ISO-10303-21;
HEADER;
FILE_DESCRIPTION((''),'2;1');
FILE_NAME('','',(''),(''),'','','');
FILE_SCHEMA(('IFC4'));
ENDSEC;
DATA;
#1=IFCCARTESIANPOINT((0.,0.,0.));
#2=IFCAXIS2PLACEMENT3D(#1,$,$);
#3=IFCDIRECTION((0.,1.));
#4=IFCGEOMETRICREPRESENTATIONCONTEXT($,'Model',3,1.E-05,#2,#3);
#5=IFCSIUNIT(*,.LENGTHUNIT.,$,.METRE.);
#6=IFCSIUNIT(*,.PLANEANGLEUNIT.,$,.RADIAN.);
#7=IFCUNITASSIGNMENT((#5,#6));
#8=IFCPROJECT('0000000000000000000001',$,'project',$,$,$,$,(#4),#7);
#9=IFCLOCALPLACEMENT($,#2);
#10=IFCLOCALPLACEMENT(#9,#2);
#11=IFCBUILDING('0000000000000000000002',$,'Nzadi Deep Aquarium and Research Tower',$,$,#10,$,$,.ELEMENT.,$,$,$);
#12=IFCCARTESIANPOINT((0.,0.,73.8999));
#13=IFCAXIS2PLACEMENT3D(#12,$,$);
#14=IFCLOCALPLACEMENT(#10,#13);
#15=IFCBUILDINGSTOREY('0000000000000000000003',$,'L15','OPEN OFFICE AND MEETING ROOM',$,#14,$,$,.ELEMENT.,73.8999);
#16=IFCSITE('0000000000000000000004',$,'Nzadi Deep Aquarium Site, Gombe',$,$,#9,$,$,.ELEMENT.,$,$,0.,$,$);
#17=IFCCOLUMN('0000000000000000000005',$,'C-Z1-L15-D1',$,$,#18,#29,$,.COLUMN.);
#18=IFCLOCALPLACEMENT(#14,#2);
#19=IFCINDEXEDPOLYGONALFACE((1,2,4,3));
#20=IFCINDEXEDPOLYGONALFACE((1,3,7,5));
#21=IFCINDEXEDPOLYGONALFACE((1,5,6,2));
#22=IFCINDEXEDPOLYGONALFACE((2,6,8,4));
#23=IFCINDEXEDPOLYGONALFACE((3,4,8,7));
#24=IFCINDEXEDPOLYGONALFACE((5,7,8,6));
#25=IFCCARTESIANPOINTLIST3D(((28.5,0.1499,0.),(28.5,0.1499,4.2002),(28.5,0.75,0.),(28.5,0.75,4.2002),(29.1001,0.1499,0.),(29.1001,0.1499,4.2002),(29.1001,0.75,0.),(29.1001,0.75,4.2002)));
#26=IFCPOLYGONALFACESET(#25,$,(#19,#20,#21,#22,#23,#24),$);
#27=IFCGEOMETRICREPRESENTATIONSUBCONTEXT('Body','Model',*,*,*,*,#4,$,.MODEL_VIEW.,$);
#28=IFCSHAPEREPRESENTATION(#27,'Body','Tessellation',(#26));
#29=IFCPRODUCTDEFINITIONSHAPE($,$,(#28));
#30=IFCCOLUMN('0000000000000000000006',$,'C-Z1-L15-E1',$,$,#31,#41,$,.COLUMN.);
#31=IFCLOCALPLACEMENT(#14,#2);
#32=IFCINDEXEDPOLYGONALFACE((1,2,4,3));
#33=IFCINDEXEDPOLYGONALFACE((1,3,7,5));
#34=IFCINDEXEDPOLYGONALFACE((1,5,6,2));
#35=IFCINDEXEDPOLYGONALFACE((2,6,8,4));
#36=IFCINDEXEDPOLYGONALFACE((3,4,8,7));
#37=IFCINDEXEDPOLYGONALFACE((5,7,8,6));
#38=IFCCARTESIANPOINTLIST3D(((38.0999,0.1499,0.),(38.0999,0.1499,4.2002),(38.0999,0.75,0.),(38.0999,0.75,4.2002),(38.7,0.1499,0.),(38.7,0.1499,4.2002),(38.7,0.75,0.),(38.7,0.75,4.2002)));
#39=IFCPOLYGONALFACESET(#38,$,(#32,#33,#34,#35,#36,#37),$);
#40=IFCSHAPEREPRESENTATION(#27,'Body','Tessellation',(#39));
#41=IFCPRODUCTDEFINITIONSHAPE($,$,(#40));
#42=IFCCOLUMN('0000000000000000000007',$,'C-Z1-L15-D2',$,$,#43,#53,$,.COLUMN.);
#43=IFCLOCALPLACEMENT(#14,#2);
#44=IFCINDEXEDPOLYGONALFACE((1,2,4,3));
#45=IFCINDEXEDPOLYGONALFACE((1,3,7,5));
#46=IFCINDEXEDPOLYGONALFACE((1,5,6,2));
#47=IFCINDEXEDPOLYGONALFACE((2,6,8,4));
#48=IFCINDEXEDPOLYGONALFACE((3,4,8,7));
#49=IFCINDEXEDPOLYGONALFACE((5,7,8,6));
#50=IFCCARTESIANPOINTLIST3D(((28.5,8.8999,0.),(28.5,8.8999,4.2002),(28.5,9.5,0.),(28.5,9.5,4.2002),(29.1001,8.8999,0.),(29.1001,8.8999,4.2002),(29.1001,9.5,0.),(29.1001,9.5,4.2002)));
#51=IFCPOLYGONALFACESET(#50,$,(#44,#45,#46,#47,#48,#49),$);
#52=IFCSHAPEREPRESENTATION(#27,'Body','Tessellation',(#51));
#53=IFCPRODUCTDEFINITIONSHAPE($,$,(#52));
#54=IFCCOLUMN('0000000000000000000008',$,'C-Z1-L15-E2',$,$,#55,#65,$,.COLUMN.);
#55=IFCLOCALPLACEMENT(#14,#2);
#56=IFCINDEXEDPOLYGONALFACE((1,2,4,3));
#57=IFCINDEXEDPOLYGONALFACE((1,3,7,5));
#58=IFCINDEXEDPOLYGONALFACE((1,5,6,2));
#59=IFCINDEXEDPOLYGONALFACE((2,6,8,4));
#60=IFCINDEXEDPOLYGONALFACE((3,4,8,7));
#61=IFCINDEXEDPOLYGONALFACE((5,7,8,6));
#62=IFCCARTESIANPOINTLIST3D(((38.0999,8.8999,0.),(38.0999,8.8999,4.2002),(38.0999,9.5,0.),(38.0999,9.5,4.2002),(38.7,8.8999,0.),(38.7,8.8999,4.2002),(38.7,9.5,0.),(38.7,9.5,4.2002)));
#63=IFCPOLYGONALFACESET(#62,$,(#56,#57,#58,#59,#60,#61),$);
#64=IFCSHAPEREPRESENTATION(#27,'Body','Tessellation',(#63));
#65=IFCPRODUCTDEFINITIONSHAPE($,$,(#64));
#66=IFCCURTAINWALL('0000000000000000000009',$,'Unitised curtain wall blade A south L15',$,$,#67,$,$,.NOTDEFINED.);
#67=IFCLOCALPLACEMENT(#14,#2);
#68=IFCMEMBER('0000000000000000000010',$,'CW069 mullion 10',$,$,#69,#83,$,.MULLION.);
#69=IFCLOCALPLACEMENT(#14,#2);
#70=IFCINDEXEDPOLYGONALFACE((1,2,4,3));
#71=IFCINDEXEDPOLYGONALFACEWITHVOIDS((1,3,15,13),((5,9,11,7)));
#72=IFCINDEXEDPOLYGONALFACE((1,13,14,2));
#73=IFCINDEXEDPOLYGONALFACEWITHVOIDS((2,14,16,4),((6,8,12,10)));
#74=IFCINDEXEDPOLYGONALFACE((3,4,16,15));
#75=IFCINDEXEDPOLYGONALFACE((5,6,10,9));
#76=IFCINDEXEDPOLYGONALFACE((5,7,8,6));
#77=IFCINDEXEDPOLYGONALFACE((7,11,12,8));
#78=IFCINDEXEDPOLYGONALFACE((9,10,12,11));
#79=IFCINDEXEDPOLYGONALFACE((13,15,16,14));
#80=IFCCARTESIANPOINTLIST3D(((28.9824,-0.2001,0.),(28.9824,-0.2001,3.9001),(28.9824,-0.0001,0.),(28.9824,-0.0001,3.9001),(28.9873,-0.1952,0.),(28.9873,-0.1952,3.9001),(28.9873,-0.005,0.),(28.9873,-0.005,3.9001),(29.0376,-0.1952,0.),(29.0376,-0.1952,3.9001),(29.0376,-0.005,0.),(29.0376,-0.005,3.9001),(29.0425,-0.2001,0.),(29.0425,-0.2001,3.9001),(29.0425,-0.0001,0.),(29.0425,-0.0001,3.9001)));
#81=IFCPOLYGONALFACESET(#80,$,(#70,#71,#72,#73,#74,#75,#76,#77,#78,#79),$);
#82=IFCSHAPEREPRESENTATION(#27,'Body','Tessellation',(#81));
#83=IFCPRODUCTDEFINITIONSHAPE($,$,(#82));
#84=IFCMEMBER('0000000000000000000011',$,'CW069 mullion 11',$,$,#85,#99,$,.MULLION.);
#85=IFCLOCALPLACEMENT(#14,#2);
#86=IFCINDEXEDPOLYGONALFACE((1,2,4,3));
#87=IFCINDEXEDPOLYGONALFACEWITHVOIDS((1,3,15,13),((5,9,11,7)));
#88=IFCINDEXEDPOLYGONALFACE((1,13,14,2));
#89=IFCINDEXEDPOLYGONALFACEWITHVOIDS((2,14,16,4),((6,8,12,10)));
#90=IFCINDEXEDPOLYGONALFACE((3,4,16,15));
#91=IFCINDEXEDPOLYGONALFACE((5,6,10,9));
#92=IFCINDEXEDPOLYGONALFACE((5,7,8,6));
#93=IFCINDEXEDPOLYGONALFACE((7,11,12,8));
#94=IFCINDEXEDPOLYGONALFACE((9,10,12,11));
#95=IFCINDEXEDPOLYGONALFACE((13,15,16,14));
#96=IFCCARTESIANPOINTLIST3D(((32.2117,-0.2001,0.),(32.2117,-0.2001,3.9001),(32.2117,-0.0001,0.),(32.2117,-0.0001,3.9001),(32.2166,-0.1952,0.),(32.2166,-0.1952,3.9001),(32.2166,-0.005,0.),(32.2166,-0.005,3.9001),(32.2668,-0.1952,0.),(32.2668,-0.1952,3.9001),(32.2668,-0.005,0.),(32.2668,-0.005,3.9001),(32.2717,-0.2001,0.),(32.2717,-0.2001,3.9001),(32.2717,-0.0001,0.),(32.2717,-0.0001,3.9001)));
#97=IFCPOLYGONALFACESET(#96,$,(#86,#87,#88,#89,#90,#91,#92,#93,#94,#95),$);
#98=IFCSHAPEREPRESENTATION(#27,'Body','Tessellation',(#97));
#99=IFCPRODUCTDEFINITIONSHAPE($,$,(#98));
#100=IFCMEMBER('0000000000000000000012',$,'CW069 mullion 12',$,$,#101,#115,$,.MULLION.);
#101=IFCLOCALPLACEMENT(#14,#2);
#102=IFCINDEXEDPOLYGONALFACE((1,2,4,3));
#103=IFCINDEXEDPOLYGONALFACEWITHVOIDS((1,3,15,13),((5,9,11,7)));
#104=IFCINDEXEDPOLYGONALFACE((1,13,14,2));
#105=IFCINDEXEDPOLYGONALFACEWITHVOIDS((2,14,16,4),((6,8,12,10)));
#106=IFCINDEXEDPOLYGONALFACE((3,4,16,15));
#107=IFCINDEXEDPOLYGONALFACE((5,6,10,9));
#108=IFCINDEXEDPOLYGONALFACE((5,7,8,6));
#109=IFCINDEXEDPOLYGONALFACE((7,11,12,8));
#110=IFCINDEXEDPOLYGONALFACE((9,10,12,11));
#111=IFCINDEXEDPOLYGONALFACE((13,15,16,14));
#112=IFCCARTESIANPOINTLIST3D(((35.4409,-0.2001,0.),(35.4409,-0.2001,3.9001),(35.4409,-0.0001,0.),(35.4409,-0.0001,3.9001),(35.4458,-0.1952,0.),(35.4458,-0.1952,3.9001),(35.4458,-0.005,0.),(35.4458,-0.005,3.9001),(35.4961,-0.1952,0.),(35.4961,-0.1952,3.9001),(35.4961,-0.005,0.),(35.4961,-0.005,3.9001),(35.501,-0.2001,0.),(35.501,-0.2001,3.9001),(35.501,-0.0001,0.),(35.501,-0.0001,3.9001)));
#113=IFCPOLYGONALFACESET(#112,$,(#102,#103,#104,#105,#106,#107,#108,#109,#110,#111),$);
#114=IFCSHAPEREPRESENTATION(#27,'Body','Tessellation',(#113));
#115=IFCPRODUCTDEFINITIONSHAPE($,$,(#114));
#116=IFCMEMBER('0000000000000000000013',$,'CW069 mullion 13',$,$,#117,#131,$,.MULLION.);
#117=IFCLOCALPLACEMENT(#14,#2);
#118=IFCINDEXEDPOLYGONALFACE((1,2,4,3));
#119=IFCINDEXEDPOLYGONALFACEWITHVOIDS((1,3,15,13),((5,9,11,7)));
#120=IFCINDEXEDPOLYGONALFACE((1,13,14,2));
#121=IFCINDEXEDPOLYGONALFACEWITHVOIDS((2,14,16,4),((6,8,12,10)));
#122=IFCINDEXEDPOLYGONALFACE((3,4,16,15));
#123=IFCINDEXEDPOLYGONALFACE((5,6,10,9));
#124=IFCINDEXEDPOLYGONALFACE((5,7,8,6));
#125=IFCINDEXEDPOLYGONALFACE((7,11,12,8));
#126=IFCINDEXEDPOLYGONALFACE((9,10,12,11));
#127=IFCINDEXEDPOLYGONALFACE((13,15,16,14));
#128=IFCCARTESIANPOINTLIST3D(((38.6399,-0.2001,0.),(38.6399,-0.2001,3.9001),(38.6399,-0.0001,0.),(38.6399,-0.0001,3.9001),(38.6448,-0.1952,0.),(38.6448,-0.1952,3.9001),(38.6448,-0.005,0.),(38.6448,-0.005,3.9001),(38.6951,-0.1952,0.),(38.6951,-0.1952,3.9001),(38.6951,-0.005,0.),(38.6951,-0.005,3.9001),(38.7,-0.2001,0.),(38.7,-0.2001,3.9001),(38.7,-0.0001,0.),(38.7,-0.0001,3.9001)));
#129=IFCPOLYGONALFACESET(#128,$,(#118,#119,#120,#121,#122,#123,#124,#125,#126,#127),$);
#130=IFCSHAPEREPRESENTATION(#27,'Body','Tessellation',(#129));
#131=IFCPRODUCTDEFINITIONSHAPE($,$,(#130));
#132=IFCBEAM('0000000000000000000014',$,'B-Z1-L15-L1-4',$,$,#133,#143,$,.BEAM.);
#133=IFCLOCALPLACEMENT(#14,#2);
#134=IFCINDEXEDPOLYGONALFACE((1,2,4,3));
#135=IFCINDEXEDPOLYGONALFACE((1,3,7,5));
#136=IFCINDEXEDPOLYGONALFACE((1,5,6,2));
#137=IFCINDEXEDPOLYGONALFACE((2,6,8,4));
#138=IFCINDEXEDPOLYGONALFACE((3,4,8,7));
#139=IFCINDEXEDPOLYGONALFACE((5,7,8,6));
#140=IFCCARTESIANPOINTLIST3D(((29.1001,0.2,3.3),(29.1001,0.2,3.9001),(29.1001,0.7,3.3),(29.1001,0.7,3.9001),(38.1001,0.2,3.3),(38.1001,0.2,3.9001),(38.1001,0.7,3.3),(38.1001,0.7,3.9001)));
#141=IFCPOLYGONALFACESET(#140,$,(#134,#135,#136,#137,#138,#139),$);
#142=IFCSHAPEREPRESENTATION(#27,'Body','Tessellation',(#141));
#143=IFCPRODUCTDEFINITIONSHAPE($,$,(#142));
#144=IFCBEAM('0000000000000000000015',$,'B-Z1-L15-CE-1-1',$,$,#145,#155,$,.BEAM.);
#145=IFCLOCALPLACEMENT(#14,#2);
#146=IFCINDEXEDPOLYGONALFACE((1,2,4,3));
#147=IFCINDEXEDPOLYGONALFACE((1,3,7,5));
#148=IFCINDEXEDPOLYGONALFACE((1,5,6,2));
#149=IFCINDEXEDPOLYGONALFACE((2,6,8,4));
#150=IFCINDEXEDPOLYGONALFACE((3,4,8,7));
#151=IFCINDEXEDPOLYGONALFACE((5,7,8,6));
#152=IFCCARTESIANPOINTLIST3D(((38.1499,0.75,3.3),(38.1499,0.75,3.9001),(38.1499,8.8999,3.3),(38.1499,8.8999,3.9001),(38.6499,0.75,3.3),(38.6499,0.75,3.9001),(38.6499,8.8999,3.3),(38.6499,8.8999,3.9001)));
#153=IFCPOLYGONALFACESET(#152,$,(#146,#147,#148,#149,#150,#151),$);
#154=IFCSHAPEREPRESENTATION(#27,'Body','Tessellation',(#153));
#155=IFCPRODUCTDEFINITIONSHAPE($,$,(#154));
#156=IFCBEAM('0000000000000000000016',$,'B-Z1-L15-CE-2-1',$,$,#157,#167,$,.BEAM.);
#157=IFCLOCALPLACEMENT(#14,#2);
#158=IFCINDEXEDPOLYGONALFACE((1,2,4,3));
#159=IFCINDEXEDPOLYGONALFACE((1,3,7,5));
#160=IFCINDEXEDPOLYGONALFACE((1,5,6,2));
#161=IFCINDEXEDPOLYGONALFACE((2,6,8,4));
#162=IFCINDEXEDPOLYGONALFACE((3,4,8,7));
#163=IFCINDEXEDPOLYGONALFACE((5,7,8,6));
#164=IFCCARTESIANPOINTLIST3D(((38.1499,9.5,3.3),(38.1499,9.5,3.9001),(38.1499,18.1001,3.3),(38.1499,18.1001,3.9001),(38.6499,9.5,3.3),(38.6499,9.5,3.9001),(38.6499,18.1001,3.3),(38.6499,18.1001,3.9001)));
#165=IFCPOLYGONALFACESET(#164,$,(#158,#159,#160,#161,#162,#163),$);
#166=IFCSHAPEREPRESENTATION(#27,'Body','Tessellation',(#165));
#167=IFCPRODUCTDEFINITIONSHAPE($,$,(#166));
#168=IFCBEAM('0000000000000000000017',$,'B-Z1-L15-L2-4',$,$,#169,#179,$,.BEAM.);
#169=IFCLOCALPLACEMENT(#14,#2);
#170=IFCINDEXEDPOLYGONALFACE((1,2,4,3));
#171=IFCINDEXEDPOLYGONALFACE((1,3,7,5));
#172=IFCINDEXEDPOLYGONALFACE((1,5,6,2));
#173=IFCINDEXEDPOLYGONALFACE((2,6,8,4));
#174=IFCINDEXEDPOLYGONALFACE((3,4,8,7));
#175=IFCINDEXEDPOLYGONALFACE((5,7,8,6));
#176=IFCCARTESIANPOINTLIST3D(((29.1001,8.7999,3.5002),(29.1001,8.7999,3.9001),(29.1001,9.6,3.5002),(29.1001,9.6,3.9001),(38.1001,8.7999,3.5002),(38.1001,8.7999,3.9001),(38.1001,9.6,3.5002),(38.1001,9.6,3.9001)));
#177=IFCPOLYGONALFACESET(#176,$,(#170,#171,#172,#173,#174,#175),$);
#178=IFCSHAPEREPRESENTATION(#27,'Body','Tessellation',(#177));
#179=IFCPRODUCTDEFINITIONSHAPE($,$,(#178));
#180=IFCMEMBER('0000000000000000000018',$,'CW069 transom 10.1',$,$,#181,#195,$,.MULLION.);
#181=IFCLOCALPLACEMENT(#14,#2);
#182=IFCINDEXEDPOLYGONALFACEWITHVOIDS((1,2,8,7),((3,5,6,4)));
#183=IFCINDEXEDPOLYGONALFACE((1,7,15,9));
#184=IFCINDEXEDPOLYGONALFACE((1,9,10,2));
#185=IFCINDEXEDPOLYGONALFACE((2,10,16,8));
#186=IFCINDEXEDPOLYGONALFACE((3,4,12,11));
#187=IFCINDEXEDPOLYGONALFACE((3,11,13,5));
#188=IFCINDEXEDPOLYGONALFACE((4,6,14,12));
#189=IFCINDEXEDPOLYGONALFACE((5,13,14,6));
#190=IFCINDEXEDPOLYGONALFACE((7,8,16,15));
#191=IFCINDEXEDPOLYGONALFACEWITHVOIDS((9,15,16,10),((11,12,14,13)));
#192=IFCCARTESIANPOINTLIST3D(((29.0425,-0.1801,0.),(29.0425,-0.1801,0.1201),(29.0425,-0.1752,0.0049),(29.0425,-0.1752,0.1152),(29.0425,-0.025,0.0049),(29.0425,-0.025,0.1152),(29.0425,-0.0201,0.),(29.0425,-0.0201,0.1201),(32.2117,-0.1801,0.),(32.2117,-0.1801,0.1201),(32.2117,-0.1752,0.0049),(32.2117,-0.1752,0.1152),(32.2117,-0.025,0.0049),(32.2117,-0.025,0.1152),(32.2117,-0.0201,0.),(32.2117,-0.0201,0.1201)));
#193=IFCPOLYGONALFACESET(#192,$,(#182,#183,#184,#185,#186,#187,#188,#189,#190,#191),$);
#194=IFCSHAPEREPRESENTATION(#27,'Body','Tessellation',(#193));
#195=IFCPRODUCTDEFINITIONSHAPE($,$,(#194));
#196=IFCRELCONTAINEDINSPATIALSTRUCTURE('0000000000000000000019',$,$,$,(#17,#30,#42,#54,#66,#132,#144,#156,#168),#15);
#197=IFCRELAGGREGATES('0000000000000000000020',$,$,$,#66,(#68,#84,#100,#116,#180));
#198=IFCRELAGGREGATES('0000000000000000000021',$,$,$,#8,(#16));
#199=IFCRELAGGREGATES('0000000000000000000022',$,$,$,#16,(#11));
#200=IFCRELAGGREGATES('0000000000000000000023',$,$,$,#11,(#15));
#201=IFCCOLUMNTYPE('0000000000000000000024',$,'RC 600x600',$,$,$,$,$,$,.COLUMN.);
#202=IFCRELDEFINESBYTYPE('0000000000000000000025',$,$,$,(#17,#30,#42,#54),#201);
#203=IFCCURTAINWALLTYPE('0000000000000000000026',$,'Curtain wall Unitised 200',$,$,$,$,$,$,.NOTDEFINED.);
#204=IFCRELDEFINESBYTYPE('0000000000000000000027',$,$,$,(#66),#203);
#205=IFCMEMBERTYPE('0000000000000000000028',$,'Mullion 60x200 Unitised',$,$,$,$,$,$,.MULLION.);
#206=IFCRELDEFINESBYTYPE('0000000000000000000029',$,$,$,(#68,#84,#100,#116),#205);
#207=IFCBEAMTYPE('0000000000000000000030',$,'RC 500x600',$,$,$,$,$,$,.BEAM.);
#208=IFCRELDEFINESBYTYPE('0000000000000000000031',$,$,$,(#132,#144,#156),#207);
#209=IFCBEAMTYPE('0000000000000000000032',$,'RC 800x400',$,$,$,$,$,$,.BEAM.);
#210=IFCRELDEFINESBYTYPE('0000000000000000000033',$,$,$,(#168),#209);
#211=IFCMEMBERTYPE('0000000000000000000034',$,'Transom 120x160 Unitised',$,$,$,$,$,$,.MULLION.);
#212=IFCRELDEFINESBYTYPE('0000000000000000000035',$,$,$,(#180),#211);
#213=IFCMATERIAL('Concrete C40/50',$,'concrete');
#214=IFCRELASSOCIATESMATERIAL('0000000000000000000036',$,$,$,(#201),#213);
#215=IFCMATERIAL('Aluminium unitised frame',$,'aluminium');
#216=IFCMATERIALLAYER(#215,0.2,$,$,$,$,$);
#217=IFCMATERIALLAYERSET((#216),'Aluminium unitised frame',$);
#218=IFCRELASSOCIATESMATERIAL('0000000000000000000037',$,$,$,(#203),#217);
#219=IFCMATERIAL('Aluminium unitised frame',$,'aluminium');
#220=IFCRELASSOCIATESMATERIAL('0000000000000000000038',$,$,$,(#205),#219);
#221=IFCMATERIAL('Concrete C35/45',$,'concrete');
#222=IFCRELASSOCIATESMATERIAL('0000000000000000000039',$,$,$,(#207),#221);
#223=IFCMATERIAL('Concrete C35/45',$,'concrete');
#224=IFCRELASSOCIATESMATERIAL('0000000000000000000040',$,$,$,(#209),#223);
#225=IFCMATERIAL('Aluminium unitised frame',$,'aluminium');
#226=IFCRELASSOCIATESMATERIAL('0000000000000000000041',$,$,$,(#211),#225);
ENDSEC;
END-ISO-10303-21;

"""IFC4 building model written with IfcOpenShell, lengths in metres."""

from ifc_helpers import new_model, si_unit, direction, frame, origin, origin_2d, place, context, subcontext, project, spatial, rectangle, hollow_rectangle, extrude, material, layer, layer_set, material_profile, profile_set, type_object, element, aggregate, save


model = new_model("IFC4")

# Units and contexts
model_context = context("Model", 3, precision=1e-05, world=origin(), true_north=direction((0.0, 1.0)))
body_context = subcontext(model_context, "Body", "Model", "MODEL_VIEW")
ifc_project = project(units=[si_unit("LENGTHUNIT", "METRE"), si_unit("PLANEANGLEUNIT", "RADIAN")], contexts=[model_context])

# Site, building, storey
site_placement = place(None, origin())
site = spatial("IfcSite", under=ifc_project, at=site_placement, Name="Nzadi Deep Aquarium Site, Gombe", CompositionType="ELEMENT", RefElevation=0.0)
building_placement = place(site_placement, origin())
building = spatial("IfcBuilding", under=site, at=building_placement, Name="Nzadi Deep Aquarium and Research Tower", CompositionType="ELEMENT")
storey_placement = place(building_placement, frame((0.0, 0.0, 73.8999)))
storey = spatial("IfcBuildingStorey", under=building, at=storey_placement, Name="L15", Description="OPEN OFFICE AND MEETING ROOM", CompositionType="ELEMENT", Elevation=73.8999)

# Columns
ifc_material_1 = material(Name="Concrete C40/50", Category="concrete")
ifc_material_profile_1 = material_profile(ifc_material_1, rectangle(XDim=0.6001, YDim=0.6001, at=origin_2d()))
ifc_profile_set_1 = profile_set([ifc_material_profile_1], Name="Concrete C40/50")
column_type = type_object("IfcColumnType", Name="RC 600x600", PredefinedType="COLUMN", material=ifc_profile_set_1)
for number, where, z_axis, x_axis, name in (
    (1, (28.8, 0.45, 0.0), (0.0, 0.0, 1.0), (1.0, 0.0, 0.0), "C-Z1-L15-D1"),
    (2, (38.3999, 0.45, 0.0), (0.0, 0.0, 1.0), (1.0, 0.0, 0.0), "C-Z1-L15-E1"),
    (3, (28.8, 9.2, 0.0), (0.0, 0.0, 1.0), (1.0, 0.0, 0.0), "C-Z1-L15-D2"),
    (4, (38.3999, 9.2, 0.0), (0.0, 0.0, 1.0), (1.0, 0.0, 0.0), "C-Z1-L15-E2"),
):
    element("IfcColumn", number, at=place(storey_placement, frame(where, z_axis=z_axis, x_axis=x_axis)), inside=storey, type_object=column_type, Name=name, PredefinedType="COLUMN", context=body_context, shape_type="SweptSolid", body=[
        extrude(rectangle(XDim=0.6001, YDim=0.6001, at=origin_2d()), origin(), (0.0, 0.0, 1.0), 4.2002),
    ])

# Curtain wall, members
ifc_material_2 = material(Name="Aluminium unitised frame", Category="aluminium")
ifc_layer_1 = layer(ifc_material_2, 0.2)
ifc_layer_set_1 = layer_set([ifc_layer_1], Name="Aluminium unitised frame")
curtain_wall_type = type_object("IfcCurtainWallType", Name="Curtain wall Unitised 200", PredefinedType="NOTDEFINED", material=ifc_layer_set_1)
curtain_wall_placement = place(storey_placement, origin())
curtain_wall = element("IfcCurtainWall", 5, at=curtain_wall_placement, inside=storey, type_object=curtain_wall_type, Name="Unitised curtain wall blade A south L15", PredefinedType="NOTDEFINED")
ifc_material_3 = material(Name="Aluminium unitised frame", Category="aluminium")
ifc_material_profile_2 = material_profile(ifc_material_3, hollow_rectangle(XDim=0.2, YDim=0.0601, WallThickness=0.0049, at=origin_2d()))
ifc_profile_set_2 = profile_set([ifc_material_profile_2], Name="Aluminium unitised frame")
member_type_1 = type_object("IfcMemberType", Name="Mullion 60x200 Unitised", PredefinedType="MULLION", material=ifc_profile_set_2)
member_1_placement = place(storey_placement, frame((29.0125, -0.1001, 0.0), z_axis=(0.0, 0.0, 1.0), x_axis=(0.0, 1.0, 0.0)))
member_1 = element("IfcMember", 6, at=member_1_placement, type_object=member_type_1, Name="CW069 mullion 10", PredefinedType="MULLION", context=body_context, shape_type="SweptSolid", body=[
    extrude(hollow_rectangle(XDim=0.2, YDim=0.0601, WallThickness=0.0049, at=origin_2d()), origin(), (0.0, 0.0, 1.0), 3.9001),
])
member_2_placement = place(storey_placement, frame((32.2417, -0.1001, 0.0), z_axis=(0.0, 0.0, 1.0), x_axis=(0.0, 1.0, 0.0)))
member_2 = element("IfcMember", 7, at=member_2_placement, type_object=member_type_1, Name="CW069 mullion 11", PredefinedType="MULLION", context=body_context, shape_type="SweptSolid", body=[
    extrude(hollow_rectangle(XDim=0.2, YDim=0.0601, WallThickness=0.0049, at=origin_2d()), origin(), (0.0, 0.0, 1.0), 3.9001),
])
member_3_placement = place(storey_placement, frame((35.4709, -0.1001, 0.0), z_axis=(0.0, 0.0, 1.0), x_axis=(0.0, 1.0, 0.0)))
member_3 = element("IfcMember", 8, at=member_3_placement, type_object=member_type_1, Name="CW069 mullion 12", PredefinedType="MULLION", context=body_context, shape_type="SweptSolid", body=[
    extrude(hollow_rectangle(XDim=0.2, YDim=0.0601, WallThickness=0.0049, at=origin_2d()), origin(), (0.0, 0.0, 1.0), 3.9001),
])
member_4_placement = place(storey_placement, frame((38.6699, -0.1001, 0.0), z_axis=(0.0, 0.0, 1.0), x_axis=(0.0, 1.0, 0.0)))
member_4 = element("IfcMember", 9, at=member_4_placement, type_object=member_type_1, Name="CW069 mullion 13", PredefinedType="MULLION", context=body_context, shape_type="SweptSolid", body=[
    extrude(hollow_rectangle(XDim=0.2, YDim=0.0601, WallThickness=0.0049, at=origin_2d()), origin(), (0.0, 0.0, 1.0), 3.9001),
])

# Beams
ifc_material_4 = material(Name="Concrete C35/45", Category="concrete")
ifc_material_profile_3 = material_profile(ifc_material_4, rectangle(XDim=0.5, YDim=0.6001, at=origin_2d()))
ifc_profile_set_3 = profile_set([ifc_material_profile_3], Name="Concrete C35/45")
beam_type_1 = type_object("IfcBeamType", Name="RC 500x600", PredefinedType="BEAM", material=ifc_profile_set_3)
beam_1_placement = place(storey_placement, frame((29.1001, 0.45, 3.6001), z_axis=(1.0, 0.0, 0.0), x_axis=(0.0, 1.0, 0.0)))
element("IfcBeam", 10, at=beam_1_placement, inside=storey, type_object=beam_type_1, Name="B-Z1-L15-L1-4", PredefinedType="BEAM", context=body_context, shape_type="SweptSolid", body=[
    extrude(rectangle(XDim=0.5, YDim=0.6001, at=origin_2d()), origin(), (0.0, 0.0, 1.0), 9.0),
])
beam_2_placement = place(storey_placement, frame((38.3999, 0.75, 3.6001), z_axis=(0.0, 1.0, 0.0), x_axis=(-1.0, 0.0, 0.0)))
element("IfcBeam", 11, at=beam_2_placement, inside=storey, type_object=beam_type_1, Name="B-Z1-L15-CE-1-1", PredefinedType="BEAM", context=body_context, shape_type="SweptSolid", body=[
    extrude(rectangle(XDim=0.5, YDim=0.6001, at=origin_2d()), origin(), (0.0, 0.0, 1.0), 8.1499),
])
beam_3_placement = place(storey_placement, frame((38.3999, 9.5, 3.6001), z_axis=(0.0, 1.0, 0.0), x_axis=(-1.0, 0.0, 0.0)))
element("IfcBeam", 12, at=beam_3_placement, inside=storey, type_object=beam_type_1, Name="B-Z1-L15-CE-2-1", PredefinedType="BEAM", context=body_context, shape_type="SweptSolid", body=[
    extrude(rectangle(XDim=0.5, YDim=0.6001, at=origin_2d()), origin(), (0.0, 0.0, 1.0), 8.6001),
])
ifc_material_5 = material(Name="Concrete C35/45", Category="concrete")
ifc_material_profile_4 = material_profile(ifc_material_5, rectangle(XDim=0.8, YDim=0.3999, at=origin_2d()))
ifc_profile_set_4 = profile_set([ifc_material_profile_4], Name="Concrete C35/45")
beam_type_2 = type_object("IfcBeamType", Name="RC 800x400", PredefinedType="BEAM", material=ifc_profile_set_4)
beam_4_placement = place(storey_placement, frame((29.1001, 9.2, 3.7002), z_axis=(1.0, 0.0, 0.0), x_axis=(0.0, 1.0, 0.0)))
element("IfcBeam", 13, at=beam_4_placement, inside=storey, type_object=beam_type_2, Name="B-Z1-L15-L2-4", PredefinedType="BEAM", context=body_context, shape_type="SweptSolid", body=[
    extrude(rectangle(XDim=0.8, YDim=0.3999, at=origin_2d()), origin(), (0.0, 0.0, 1.0), 9.0),
])

# Member
ifc_material_6 = material(Name="Aluminium unitised frame", Category="aluminium")
ifc_material_profile_5 = material_profile(ifc_material_6, hollow_rectangle(XDim=0.1599, YDim=0.1201, WallThickness=0.0049, at=origin_2d()))
ifc_profile_set_5 = profile_set([ifc_material_profile_5], Name="Aluminium unitised frame")
member_type_2 = type_object("IfcMemberType", Name="Transom 120x160 Unitised", PredefinedType="MULLION", material=ifc_profile_set_5)
member_5_placement = place(storey_placement, frame((29.0425, -0.1001, 0.0601), z_axis=(1.0, 0.0, 0.0), x_axis=(0.0, 1.0, 0.0)))
member_5 = element("IfcMember", 14, at=member_5_placement, type_object=member_type_2, Name="CW069 transom 10.1", PredefinedType="MULLION", context=body_context, shape_type="SweptSolid", body=[
    extrude(hollow_rectangle(XDim=0.1599, YDim=0.1201, WallThickness=0.0049, at=origin_2d()), origin(), (0.0, 0.0, 1.0), 3.1692),
])

aggregate(curtain_wall, [member_1, member_2, member_3, member_4, member_5])

save(model, "model.ifc")
